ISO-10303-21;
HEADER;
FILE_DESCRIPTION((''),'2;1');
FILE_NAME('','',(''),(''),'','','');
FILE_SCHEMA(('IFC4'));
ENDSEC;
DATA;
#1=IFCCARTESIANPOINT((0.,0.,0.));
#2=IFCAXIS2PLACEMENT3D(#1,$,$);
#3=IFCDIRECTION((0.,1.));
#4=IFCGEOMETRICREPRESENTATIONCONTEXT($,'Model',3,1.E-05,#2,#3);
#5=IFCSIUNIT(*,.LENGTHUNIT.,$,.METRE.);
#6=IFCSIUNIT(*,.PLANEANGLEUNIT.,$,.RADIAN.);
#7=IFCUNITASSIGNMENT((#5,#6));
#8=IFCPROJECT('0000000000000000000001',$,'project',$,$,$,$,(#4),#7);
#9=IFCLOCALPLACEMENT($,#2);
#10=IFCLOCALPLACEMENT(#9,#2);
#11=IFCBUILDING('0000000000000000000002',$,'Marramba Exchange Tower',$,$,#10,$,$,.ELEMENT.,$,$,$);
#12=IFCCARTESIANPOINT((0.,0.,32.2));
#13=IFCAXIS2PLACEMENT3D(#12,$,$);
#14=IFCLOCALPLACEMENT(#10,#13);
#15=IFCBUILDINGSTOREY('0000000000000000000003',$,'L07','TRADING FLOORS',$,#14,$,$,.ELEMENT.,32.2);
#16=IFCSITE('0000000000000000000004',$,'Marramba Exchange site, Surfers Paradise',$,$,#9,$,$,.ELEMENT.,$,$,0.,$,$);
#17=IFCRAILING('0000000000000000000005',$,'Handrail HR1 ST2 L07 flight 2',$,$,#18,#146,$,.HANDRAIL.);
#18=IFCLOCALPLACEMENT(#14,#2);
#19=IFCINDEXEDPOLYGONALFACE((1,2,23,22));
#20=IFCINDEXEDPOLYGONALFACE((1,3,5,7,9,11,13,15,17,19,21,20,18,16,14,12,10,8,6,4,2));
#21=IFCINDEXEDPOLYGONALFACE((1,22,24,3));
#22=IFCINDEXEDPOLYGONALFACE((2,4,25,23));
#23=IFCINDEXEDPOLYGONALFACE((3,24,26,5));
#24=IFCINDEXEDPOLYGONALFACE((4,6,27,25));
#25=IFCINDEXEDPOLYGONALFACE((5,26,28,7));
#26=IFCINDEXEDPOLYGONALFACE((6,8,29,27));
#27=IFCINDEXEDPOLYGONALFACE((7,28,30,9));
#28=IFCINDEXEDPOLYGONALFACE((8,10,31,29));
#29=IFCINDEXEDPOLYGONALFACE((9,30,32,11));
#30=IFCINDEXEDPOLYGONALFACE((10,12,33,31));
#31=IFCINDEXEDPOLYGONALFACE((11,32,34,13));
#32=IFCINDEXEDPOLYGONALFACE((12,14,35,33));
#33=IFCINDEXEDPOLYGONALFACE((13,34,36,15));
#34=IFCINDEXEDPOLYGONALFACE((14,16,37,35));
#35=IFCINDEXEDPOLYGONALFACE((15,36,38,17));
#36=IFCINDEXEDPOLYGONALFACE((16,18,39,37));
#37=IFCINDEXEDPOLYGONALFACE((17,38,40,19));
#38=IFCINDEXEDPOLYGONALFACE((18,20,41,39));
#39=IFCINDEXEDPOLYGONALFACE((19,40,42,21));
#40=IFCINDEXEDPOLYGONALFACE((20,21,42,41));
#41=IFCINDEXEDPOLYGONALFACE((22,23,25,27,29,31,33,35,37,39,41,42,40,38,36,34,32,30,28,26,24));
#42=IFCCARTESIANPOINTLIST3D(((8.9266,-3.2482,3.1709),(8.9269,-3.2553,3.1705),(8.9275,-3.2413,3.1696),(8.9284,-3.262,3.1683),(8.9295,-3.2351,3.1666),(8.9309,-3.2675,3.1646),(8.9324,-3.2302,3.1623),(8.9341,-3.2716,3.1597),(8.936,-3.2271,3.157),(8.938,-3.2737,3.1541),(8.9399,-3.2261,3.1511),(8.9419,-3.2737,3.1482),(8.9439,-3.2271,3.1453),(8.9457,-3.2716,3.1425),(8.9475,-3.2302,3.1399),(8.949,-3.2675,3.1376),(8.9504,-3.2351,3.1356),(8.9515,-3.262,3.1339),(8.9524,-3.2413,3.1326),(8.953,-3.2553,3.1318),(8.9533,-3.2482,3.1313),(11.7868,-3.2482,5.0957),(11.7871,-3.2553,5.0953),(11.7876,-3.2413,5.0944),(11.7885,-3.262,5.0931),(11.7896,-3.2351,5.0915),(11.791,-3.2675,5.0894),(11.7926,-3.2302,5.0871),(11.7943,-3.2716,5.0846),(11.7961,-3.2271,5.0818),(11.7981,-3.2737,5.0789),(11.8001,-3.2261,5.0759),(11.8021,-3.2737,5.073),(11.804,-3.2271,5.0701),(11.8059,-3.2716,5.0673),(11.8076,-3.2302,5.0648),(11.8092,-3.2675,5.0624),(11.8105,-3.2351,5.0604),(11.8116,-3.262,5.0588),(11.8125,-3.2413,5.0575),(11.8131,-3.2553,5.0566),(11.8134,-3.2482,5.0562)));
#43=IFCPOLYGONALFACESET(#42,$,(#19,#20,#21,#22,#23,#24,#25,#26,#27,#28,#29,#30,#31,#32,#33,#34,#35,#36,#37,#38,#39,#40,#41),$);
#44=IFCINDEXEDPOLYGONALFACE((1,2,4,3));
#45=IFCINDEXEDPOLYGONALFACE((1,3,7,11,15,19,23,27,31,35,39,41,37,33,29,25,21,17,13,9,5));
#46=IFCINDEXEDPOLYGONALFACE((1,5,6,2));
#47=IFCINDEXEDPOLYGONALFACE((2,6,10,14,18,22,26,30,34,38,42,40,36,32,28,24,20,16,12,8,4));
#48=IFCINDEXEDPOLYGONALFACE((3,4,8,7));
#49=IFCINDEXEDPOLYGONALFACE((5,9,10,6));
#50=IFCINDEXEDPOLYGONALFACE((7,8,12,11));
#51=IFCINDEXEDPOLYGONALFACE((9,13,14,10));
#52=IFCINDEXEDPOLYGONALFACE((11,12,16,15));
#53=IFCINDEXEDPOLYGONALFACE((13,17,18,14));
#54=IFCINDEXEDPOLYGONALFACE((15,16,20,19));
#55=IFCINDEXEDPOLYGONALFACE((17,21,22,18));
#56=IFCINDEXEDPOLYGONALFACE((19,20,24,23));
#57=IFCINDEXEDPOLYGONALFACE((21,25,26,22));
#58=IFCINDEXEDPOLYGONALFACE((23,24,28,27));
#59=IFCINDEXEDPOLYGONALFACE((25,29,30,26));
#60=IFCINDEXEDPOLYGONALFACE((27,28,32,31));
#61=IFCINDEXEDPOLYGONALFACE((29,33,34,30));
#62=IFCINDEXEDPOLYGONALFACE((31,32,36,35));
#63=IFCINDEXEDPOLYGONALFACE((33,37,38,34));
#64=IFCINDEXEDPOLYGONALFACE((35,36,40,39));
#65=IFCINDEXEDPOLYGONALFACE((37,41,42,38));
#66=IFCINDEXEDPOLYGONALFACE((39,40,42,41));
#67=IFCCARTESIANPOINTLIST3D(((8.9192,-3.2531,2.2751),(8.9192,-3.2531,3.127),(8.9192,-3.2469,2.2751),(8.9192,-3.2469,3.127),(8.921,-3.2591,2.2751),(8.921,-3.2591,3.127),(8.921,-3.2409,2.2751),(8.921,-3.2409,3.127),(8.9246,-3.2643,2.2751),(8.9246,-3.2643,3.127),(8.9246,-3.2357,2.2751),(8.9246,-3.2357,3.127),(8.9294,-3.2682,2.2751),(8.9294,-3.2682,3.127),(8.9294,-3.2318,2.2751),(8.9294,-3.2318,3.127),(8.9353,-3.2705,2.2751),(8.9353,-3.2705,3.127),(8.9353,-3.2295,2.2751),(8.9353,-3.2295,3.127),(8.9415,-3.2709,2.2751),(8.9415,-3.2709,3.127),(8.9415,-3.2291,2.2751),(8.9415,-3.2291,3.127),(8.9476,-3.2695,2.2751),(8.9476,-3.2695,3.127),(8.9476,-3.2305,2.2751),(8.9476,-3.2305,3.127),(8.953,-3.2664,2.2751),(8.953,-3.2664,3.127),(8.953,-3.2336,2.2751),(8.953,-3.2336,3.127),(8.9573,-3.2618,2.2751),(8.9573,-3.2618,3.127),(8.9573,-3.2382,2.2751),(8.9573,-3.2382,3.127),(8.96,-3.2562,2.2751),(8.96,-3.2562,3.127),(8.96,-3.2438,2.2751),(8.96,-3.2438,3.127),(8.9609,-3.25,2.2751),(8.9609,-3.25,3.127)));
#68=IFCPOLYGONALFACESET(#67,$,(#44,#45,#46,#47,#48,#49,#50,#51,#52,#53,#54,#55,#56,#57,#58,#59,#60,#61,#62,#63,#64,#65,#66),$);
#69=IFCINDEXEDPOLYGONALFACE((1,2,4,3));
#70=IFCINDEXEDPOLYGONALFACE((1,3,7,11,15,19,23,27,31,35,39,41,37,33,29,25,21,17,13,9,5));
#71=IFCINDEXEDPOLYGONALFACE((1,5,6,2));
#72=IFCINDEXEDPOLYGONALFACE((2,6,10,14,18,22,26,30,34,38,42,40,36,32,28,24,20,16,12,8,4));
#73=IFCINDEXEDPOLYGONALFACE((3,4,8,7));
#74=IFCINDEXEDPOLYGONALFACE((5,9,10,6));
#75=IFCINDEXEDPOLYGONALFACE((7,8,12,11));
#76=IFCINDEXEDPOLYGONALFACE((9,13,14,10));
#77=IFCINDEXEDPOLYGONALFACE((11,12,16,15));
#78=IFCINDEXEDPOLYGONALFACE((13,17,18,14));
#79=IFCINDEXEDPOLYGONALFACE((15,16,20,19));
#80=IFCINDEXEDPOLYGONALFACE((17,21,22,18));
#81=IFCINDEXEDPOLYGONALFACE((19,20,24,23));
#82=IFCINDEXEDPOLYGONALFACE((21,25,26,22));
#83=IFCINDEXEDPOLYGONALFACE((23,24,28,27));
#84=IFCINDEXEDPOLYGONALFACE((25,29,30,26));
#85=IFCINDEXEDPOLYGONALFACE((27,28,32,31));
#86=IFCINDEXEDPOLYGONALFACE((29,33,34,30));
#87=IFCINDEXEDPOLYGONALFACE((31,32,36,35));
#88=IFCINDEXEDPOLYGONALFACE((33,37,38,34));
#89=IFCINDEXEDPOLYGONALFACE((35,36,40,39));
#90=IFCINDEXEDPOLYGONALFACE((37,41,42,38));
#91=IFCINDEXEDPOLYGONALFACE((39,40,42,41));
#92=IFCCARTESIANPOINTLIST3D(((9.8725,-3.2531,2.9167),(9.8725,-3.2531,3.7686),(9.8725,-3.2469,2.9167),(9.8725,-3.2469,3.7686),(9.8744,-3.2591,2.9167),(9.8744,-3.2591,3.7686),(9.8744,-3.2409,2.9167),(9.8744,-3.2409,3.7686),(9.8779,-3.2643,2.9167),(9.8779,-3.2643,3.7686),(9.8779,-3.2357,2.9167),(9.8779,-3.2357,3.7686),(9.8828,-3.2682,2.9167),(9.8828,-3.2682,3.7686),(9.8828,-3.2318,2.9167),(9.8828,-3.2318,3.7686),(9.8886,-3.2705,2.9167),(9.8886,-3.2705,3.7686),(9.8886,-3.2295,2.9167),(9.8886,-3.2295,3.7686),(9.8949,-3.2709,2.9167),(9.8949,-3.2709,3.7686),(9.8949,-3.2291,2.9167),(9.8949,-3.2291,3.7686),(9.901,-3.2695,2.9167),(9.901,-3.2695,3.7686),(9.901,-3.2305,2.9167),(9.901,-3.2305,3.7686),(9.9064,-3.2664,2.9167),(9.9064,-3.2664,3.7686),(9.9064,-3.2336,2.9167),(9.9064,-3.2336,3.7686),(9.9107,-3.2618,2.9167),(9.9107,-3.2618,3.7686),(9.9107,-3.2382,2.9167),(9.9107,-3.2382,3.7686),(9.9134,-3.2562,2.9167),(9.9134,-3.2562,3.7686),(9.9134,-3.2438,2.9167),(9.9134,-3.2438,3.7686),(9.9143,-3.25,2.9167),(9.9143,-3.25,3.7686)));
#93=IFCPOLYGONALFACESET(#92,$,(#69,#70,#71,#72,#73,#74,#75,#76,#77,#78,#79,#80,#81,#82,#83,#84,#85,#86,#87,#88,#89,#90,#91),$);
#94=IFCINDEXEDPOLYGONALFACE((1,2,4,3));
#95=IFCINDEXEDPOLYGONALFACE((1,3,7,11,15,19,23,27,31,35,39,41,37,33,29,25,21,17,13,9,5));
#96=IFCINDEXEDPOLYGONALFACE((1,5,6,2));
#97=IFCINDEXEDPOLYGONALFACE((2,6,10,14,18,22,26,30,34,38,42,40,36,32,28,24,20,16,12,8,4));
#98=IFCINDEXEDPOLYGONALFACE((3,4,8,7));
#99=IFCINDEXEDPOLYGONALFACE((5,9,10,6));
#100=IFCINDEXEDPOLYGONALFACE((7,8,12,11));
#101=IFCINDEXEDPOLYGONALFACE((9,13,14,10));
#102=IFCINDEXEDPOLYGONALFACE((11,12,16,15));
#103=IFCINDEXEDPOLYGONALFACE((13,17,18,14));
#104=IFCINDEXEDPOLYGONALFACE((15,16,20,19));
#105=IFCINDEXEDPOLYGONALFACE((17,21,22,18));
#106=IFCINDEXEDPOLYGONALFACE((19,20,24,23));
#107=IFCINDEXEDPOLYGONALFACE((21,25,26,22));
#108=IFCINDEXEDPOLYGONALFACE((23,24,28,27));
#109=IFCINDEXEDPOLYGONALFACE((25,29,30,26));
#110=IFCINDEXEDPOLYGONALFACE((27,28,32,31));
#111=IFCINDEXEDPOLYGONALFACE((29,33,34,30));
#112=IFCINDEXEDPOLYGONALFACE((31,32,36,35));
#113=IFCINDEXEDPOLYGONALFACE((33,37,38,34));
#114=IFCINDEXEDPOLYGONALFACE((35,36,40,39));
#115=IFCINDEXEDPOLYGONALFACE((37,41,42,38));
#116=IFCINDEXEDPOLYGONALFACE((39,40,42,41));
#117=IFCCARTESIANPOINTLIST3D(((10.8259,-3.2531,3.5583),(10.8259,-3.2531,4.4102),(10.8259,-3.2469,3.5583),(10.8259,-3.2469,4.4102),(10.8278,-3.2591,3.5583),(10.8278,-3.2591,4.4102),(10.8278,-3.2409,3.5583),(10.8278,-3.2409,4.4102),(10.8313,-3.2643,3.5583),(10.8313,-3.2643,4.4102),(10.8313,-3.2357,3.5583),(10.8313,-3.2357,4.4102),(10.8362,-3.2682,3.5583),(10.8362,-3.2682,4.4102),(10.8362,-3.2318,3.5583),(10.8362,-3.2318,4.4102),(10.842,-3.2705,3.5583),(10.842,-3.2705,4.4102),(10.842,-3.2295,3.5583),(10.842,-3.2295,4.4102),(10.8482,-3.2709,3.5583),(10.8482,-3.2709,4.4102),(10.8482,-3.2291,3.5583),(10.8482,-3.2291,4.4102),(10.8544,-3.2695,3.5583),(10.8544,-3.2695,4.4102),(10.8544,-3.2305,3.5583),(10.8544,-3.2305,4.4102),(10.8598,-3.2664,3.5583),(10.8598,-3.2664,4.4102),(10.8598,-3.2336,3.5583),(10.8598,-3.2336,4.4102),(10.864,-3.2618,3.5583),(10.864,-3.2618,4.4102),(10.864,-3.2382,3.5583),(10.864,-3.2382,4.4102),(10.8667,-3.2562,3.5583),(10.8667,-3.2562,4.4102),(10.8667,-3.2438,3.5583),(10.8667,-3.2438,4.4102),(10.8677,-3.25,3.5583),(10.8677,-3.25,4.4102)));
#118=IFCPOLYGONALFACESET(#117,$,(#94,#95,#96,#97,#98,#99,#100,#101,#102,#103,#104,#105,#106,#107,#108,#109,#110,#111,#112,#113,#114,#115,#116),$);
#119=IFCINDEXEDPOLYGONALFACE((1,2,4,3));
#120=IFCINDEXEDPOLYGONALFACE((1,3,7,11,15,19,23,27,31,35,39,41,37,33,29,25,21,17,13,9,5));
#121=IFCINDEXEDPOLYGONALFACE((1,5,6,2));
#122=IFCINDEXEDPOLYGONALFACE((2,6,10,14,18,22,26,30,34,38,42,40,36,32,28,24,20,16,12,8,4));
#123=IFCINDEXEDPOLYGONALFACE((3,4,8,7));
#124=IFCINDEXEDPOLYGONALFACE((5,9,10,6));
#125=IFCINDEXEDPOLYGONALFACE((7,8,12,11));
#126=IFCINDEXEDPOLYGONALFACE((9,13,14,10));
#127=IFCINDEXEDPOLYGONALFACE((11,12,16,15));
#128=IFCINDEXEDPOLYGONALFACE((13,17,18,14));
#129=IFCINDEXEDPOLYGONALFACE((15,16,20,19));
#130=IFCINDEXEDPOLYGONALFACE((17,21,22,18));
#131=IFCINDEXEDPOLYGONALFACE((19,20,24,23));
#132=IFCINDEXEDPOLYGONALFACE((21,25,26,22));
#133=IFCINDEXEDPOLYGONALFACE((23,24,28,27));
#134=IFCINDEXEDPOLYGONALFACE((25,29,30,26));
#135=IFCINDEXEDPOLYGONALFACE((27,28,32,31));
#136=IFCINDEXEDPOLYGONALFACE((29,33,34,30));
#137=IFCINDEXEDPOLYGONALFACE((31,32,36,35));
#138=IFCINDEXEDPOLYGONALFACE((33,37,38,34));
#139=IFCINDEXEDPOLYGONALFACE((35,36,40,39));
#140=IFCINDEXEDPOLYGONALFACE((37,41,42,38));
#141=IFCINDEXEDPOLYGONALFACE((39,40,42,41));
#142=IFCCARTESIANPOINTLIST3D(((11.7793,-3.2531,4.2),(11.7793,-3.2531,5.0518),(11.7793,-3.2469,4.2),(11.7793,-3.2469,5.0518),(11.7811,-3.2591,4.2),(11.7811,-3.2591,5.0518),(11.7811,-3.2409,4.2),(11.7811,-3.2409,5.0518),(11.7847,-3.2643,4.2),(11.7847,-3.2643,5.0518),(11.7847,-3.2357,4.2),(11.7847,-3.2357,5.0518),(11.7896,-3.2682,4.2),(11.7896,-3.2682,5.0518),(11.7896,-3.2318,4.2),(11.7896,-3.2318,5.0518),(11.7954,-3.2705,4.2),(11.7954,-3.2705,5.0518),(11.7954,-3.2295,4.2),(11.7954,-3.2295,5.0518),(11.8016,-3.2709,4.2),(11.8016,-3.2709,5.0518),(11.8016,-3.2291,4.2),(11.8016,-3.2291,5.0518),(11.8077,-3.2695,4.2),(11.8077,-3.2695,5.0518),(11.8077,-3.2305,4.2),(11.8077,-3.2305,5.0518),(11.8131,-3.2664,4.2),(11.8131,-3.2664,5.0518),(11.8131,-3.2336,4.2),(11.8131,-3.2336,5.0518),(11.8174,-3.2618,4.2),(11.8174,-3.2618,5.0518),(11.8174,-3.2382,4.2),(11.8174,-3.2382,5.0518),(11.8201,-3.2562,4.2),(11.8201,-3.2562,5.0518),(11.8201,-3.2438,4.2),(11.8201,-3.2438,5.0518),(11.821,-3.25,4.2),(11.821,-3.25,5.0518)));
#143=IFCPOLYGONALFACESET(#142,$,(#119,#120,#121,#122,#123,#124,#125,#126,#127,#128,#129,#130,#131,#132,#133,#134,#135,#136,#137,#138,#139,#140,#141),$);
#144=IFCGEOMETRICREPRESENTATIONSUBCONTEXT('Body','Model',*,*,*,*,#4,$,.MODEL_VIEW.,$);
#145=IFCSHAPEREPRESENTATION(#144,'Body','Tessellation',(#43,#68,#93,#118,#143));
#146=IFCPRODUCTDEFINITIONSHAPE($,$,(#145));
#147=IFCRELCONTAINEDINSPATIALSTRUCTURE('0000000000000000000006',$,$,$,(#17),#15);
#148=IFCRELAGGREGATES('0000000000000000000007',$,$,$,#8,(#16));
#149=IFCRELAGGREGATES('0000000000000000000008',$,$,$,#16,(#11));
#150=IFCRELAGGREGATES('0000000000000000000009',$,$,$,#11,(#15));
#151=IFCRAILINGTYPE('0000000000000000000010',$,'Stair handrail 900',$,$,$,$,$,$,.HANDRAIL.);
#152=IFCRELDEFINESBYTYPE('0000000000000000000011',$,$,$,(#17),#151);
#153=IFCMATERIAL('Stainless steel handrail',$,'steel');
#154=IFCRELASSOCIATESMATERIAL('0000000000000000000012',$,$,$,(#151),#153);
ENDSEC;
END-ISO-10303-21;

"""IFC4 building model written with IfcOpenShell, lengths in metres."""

from ifc_helpers import new_model, si_unit, direction, frame, origin, origin_2d, place, context, subcontext, project, spatial, circle, extrude, material, type_object, element, save


model = new_model("IFC4")

# Units and contexts
model_context = context("Model", 3, precision=1e-05, world=origin(), true_north=direction((0.0, 1.0)))
body_context = subcontext(model_context, "Body", "Model", "MODEL_VIEW")
ifc_project = project(units=[si_unit("LENGTHUNIT", "METRE"), si_unit("PLANEANGLEUNIT", "RADIAN")], contexts=[model_context])

# Site, building, storey
site_placement = place(None, origin())
site = spatial("IfcSite", under=ifc_project, at=site_placement, Name="Marramba Exchange site, Surfers Paradise", CompositionType="ELEMENT", RefElevation=0.0)
building_placement = place(site_placement, origin())
building = spatial("IfcBuilding", under=site, at=building_placement, Name="Marramba Exchange Tower", CompositionType="ELEMENT")
storey_placement = place(building_placement, frame((0.0, 0.0, 32.2)))
storey = spatial("IfcBuildingStorey", under=building, at=storey_placement, Name="L07", Description="TRADING FLOORS", CompositionType="ELEMENT", Elevation=32.2)

# Railing
ifc_material_1 = material(Name="Stainless steel handrail", Category="steel")
railing_type = type_object("IfcRailingType", Name="Stair handrail 900", PredefinedType="HANDRAIL", material=ifc_material_1)
railing_placement = place(storey_placement, frame((8.9399, -3.25, 2.2751)))
element("IfcRailing", 1, at=railing_placement, inside=storey, type_object=railing_type, Name="Handrail HR1 ST2 L07 flight 2", PredefinedType="HANDRAIL", context=body_context, shape_type="SweptSolid", body=[
    extrude(circle(Radius=0.0239, at=origin_2d()), frame((0.0, 0.0, 0.876), z_axis=(0.829624, 0.0, 0.558323), x_axis=(0.0, 1.0, 0.0)), (0.0, 0.0, 1.0), 3.4475),
    extrude(circle(Radius=0.021, at=origin_2d()), origin(), (0.0, 0.0, 1.0), 0.8518),
    extrude(circle(Radius=0.021, at=origin_2d()), frame((0.9534, 0.0, 0.6416)), (0.0, 0.0, 1.0), 0.8518),
    extrude(circle(Radius=0.021, at=origin_2d()), frame((1.9067, 0.0, 1.2832)), (0.0, 0.0, 1.0), 0.8518),
    extrude(circle(Radius=0.021, at=origin_2d()), frame((2.8601, 0.0, 1.9248)), (0.0, 0.0, 1.0), 0.8518),
])

save(model, "model.ifc")
